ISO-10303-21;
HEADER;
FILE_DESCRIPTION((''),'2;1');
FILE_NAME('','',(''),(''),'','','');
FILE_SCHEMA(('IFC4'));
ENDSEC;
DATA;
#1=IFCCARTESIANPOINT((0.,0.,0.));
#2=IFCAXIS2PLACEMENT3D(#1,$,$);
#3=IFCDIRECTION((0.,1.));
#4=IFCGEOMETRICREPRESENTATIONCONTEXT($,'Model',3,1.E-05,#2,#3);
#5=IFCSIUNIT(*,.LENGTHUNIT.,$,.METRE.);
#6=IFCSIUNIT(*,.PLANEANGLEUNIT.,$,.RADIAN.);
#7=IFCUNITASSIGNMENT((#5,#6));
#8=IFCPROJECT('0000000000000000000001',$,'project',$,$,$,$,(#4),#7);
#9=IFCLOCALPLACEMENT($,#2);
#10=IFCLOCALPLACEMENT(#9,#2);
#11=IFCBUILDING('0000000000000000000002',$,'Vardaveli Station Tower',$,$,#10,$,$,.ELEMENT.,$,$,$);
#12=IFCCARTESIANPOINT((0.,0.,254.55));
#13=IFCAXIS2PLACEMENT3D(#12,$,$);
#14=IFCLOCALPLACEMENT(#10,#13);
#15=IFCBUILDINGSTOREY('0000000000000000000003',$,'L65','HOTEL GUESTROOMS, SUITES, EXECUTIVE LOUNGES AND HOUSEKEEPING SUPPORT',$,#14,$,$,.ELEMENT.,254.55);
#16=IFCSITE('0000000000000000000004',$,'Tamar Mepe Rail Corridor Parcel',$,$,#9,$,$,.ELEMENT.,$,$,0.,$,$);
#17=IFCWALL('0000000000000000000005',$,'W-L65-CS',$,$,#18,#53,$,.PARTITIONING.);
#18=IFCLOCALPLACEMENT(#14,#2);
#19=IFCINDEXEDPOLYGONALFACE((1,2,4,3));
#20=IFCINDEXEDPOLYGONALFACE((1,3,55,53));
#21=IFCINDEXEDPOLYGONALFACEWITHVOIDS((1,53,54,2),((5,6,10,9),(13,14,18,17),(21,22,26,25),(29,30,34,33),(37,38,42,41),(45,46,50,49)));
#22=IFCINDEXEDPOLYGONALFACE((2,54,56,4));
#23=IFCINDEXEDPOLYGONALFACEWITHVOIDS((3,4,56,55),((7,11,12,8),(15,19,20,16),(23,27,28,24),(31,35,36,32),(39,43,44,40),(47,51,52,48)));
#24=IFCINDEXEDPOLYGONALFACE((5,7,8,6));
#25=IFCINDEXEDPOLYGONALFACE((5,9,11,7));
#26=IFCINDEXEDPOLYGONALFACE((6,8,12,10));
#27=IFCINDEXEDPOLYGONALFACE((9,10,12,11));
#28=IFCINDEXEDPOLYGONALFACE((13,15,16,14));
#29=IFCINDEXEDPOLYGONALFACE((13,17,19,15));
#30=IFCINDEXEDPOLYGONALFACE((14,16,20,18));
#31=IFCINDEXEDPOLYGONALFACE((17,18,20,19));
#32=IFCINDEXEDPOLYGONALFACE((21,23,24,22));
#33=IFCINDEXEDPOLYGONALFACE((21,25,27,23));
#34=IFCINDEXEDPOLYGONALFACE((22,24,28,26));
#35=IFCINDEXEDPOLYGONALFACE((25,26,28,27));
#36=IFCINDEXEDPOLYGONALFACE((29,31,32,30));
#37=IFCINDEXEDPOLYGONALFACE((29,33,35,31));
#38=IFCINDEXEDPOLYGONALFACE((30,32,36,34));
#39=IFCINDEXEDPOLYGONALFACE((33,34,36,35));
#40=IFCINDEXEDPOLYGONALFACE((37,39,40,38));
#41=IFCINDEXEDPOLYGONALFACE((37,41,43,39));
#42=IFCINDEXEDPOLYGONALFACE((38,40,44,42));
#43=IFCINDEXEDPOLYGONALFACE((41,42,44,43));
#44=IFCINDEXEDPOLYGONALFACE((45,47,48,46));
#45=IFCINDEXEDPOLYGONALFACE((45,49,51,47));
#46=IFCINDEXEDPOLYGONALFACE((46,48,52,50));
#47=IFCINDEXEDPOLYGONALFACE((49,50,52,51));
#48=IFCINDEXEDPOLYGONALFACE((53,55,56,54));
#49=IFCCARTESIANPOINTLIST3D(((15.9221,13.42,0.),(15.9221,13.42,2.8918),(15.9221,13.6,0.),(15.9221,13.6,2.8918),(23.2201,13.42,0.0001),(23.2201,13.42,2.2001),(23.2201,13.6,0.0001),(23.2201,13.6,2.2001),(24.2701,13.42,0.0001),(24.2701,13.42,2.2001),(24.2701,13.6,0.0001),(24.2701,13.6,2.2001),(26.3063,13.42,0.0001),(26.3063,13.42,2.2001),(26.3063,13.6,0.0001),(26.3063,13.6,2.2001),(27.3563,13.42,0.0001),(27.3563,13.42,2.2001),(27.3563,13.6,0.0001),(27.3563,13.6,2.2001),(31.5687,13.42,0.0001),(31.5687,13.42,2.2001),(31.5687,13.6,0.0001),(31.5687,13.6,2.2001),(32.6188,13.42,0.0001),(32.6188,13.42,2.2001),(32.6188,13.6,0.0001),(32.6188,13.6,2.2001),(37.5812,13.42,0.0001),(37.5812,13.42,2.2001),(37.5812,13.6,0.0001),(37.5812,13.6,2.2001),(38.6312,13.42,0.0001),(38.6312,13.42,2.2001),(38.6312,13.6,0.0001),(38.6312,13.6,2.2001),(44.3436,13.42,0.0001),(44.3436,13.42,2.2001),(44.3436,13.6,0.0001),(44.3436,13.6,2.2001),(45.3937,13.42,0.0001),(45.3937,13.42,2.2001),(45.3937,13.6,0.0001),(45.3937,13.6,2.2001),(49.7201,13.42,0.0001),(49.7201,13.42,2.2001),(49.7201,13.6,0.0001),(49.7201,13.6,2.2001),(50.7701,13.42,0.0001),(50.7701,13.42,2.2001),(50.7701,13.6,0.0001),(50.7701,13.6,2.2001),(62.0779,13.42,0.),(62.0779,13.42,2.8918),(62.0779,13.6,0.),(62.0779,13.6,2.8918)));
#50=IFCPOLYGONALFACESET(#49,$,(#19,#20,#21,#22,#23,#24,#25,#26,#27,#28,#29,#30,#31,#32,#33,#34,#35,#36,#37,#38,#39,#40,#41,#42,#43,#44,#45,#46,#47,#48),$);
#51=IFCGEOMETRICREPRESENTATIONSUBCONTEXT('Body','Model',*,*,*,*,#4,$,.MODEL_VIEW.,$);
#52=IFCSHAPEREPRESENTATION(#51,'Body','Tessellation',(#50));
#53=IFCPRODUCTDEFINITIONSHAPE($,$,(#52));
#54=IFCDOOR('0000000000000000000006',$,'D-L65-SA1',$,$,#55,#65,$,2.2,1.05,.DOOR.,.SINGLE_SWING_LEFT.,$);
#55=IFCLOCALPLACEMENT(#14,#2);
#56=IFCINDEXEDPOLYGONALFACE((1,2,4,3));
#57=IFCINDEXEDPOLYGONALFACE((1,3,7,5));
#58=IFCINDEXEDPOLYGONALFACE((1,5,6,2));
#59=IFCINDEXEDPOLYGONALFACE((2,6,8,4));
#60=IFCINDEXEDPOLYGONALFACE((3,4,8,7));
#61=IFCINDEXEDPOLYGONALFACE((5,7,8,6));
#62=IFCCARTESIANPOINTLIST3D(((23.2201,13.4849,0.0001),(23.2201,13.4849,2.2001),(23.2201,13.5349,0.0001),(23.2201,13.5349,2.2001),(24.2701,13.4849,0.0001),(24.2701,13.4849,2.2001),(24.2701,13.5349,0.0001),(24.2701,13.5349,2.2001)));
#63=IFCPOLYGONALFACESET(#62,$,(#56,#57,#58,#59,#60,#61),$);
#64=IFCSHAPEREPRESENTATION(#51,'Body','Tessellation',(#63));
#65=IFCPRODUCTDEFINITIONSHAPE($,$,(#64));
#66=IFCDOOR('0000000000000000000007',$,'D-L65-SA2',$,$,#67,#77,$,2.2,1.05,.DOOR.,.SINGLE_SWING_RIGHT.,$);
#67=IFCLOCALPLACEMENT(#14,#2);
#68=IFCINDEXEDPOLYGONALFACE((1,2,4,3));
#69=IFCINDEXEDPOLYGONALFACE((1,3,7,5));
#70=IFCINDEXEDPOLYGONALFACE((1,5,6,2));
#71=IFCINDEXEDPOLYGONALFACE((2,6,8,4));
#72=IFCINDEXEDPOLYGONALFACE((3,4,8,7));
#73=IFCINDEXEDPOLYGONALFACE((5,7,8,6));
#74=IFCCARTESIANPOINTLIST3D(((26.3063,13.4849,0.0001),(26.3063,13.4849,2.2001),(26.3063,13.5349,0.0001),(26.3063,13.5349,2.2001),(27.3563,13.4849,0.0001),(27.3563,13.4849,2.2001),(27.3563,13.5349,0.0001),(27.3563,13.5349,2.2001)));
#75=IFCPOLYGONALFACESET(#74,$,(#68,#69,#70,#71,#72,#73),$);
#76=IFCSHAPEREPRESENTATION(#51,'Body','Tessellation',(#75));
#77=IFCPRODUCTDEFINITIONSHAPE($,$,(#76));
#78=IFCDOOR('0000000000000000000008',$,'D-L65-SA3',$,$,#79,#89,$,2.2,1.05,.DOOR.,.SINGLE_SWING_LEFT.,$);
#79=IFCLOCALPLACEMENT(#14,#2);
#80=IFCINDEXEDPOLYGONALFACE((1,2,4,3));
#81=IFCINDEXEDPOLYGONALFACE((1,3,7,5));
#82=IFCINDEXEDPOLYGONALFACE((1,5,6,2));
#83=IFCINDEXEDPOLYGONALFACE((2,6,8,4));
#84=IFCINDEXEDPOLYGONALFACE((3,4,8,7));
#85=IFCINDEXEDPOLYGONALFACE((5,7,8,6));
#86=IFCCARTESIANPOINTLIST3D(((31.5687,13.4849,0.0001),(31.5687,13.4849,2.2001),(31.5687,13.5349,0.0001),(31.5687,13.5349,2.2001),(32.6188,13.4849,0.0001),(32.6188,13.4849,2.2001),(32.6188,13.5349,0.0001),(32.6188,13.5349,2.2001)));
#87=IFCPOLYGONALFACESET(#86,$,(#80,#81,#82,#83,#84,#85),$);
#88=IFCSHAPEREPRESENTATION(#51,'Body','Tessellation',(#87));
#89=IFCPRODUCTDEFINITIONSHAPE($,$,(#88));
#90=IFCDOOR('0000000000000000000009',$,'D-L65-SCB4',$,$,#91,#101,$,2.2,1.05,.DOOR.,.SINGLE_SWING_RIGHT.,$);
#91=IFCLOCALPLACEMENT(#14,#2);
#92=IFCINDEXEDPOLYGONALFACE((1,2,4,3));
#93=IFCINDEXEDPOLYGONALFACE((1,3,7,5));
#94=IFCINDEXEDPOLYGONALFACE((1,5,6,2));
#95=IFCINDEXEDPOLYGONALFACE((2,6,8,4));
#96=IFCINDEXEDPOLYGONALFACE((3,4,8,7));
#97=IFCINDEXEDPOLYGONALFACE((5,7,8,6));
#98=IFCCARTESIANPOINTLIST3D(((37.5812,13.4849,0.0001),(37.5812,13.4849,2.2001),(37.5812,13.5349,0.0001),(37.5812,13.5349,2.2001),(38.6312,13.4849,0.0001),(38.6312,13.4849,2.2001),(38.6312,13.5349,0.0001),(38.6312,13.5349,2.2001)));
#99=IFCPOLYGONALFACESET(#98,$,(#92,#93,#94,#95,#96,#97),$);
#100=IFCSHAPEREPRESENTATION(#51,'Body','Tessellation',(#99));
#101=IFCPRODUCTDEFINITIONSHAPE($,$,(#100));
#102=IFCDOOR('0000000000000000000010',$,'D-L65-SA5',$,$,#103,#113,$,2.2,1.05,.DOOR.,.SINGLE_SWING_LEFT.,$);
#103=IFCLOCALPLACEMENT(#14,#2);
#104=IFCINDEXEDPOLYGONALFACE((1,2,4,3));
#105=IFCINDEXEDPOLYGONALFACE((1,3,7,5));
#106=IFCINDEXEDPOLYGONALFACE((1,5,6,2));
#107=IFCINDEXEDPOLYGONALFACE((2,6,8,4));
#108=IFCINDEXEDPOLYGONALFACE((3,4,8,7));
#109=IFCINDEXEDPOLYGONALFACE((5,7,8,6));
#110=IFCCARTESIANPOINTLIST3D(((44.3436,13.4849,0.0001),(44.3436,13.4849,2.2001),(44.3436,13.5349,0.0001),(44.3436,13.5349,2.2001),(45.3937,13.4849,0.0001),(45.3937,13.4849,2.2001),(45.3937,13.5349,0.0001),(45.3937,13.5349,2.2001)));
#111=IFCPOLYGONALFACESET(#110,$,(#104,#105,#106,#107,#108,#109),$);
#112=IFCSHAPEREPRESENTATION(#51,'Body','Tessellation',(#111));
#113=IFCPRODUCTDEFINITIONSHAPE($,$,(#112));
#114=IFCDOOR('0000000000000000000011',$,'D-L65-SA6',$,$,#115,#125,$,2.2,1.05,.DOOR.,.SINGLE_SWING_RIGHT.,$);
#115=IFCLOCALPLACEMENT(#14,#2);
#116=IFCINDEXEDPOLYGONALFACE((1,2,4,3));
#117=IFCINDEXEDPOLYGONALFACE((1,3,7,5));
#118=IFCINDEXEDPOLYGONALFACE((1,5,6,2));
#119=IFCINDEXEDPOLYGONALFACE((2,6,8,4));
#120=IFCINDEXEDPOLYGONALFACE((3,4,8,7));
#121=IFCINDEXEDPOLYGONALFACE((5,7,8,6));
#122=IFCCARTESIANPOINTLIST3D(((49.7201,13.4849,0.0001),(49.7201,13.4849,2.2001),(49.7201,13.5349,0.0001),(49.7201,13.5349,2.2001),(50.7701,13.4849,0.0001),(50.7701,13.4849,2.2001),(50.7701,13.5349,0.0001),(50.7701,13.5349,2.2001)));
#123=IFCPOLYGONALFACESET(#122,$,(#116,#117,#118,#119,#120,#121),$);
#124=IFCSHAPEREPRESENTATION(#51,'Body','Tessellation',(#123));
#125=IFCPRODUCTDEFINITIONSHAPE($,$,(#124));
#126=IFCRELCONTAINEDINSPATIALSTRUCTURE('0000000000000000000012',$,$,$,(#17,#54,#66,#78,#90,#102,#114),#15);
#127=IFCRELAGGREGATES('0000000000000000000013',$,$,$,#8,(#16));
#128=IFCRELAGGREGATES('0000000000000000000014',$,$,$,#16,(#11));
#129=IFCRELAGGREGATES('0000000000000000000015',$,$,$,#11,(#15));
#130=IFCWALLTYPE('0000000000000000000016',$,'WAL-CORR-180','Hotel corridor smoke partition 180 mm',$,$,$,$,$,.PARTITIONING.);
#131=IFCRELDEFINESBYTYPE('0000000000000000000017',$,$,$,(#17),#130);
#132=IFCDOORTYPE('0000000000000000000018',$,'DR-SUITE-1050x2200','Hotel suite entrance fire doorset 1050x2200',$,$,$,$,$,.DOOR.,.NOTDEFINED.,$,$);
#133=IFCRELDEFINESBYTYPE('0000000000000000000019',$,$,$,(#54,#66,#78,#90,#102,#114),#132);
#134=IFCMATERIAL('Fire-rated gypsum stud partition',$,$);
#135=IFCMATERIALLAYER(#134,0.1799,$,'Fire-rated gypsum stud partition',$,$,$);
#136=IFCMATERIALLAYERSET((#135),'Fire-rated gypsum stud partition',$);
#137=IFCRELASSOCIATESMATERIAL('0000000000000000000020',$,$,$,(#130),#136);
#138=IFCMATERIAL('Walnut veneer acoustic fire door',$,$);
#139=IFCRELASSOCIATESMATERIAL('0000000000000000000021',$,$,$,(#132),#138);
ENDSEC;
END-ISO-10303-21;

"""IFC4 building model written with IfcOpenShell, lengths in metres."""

from ifc_helpers import new_model, si_unit, direction, frame, frame_2d, origin, place, context, subcontext, project, spatial, rectangle, extrude, source, transform, mapped, material, layer, layer_set, type_object, element, fill, save


model = new_model("IFC4")

# Units and contexts
model_context = context("Model", 3, precision=1e-05, world=origin(), true_north=direction((0.0, 1.0)))
body_context = subcontext(model_context, "Body", "Model", "MODEL_VIEW")
ifc_project = project(units=[si_unit("LENGTHUNIT", "METRE"), si_unit("PLANEANGLEUNIT", "RADIAN")], contexts=[model_context])

# Site, building, storey
site_placement = place(None, origin())
site = spatial("IfcSite", under=ifc_project, at=site_placement, Name="Tamar Mepe Rail Corridor Parcel", CompositionType="ELEMENT", RefElevation=0.0)
building_placement = place(site_placement, origin())
building = spatial("IfcBuilding", under=site, at=building_placement, Name="Vardaveli Station Tower", CompositionType="ELEMENT")
storey_placement = place(building_placement, frame((0.0, 0.0, 254.55)))
storey = spatial("IfcBuildingStorey", under=building, at=storey_placement, Name="L65", Description="HOTEL GUESTROOMS, SUITES, EXECUTIVE LOUNGES AND HOUSEKEEPING SUPPORT", CompositionType="ELEMENT", Elevation=254.55)

# Wall, openings, doors
ifc_material_1 = material(Name="Fire-rated gypsum stud partition")
ifc_layer_1 = layer(ifc_material_1, 0.1799, Name="Fire-rated gypsum stud partition")
ifc_layer_set_1 = layer_set([ifc_layer_1], Name="Fire-rated gypsum stud partition")
wall_type_1 = type_object("IfcWallType", Name="WAL-CORR-180", Description="Hotel corridor smoke partition 180 mm", PredefinedType="PARTITIONING", material=ifc_layer_set_1)
shared_shape_1 = source(origin(), body_context, "Body", "SweptSolid", [
    extrude(rectangle(XDim=46.1558, YDim=0.1799, at=frame_2d((23.0779, 0.0))), origin(), (0.0, 0.0, 1.0), 2.8918),
])
wall_1_placement = place(storey_placement, frame((15.9221, 13.51, 0.0), z_axis=(0.0, 0.0, 1.0), x_axis=(1.0, 0.0, 0.0)))
wall_1 = element("IfcWall", 1, at=wall_1_placement, inside=storey, type_object=wall_type_1, Name="W-L65-CS", PredefinedType="PARTITIONING", context=body_context, shape_type="MappedRepresentation", body=[
    mapped(shared_shape_1, transform((0.0, 0.0, 0.0), scale=1.0)),
])
shared_shape_2 = source(origin(), body_context, "Body", "SweptSolid", [
    extrude(rectangle(XDim=1.05, YDim=2.2, at=frame_2d((0.5249, 1.1001))), frame((0.0, 0.1001, 0.0), z_axis=(0.0, -1.0, 0.0), x_axis=(1.0, 0.0, 0.0)), (0.0, 0.0, 1.0), 0.2),
])
opening_1_placement = place(wall_1_placement, frame((7.2981, 0.0, 0.0)))
opening_1 = element("IfcOpeningElement", 2, at=opening_1_placement, cuts=wall_1, PredefinedType="OPENING", context=body_context, shape_type="MappedRepresentation", body=[
    mapped(shared_shape_2, transform((0.0, 0.0, 0.0), scale=1.0)),
])
opening_2_placement = place(wall_1_placement, frame((10.3843, 0.0, 0.0)))
opening_2 = element("IfcOpeningElement", 3, at=opening_2_placement, cuts=wall_1, PredefinedType="OPENING", context=body_context, shape_type="MappedRepresentation", body=[
    mapped(shared_shape_2, transform((0.0, 0.0, 0.0), scale=1.0)),
])
opening_3_placement = place(wall_1_placement, frame((15.6467, 0.0, 0.0)))
opening_3 = element("IfcOpeningElement", 4, at=opening_3_placement, cuts=wall_1, PredefinedType="OPENING", context=body_context, shape_type="MappedRepresentation", body=[
    mapped(shared_shape_2, transform((0.0, 0.0, 0.0), scale=1.0)),
])
opening_4_placement = place(wall_1_placement, frame((21.6592, 0.0, 0.0)))
opening_4 = element("IfcOpeningElement", 5, at=opening_4_placement, cuts=wall_1, PredefinedType="OPENING", context=body_context, shape_type="MappedRepresentation", body=[
    mapped(shared_shape_2, transform((0.0, 0.0, 0.0), scale=1.0)),
])
opening_5_placement = place(wall_1_placement, frame((28.4216, 0.0, 0.0)))
opening_5 = element("IfcOpeningElement", 6, at=opening_5_placement, cuts=wall_1, PredefinedType="OPENING", context=body_context, shape_type="MappedRepresentation", body=[
    mapped(shared_shape_2, transform((0.0, 0.0, 0.0), scale=1.0)),
])
opening_6_placement = place(wall_1_placement, frame((33.7981, 0.0, 0.0)))
opening_6 = element("IfcOpeningElement", 7, at=opening_6_placement, cuts=wall_1, PredefinedType="OPENING", context=body_context, shape_type="MappedRepresentation", body=[
    mapped(shared_shape_2, transform((0.0, 0.0, 0.0), scale=1.0)),
])
ifc_material_2 = material(Name="Walnut veneer acoustic fire door")
door_type = type_object("IfcDoorType", Name="DR-SUITE-1050x2200", Description="Hotel suite entrance fire doorset 1050x2200", OperationType="NOTDEFINED", PredefinedType="DOOR", material=ifc_material_2)
shared_shape_3 = source(origin(), body_context, "Body", "SweptSolid", [
    extrude(rectangle(XDim=1.05, YDim=2.2, at=frame_2d((0.5249, 1.1001))), frame((0.0, 0.0249, 0.0), z_axis=(0.0, -1.0, 0.0), x_axis=(1.0, 0.0, 0.0)), (0.0, 0.0, 1.0), 0.05),
])
door_1_placement = place(opening_1_placement, origin())
door_1 = element("IfcDoor", 8, at=door_1_placement, inside=storey, type_object=door_type, Name="D-L65-SA1", OperationType="SINGLE_SWING_LEFT", OverallHeight=2.2, OverallWidth=1.05, PredefinedType="DOOR", context=body_context, shape_type="MappedRepresentation", body=[
    mapped(shared_shape_3, transform((0.0, 0.0, 0.0), scale=1.0)),
])
fill(opening_1, door_1)
door_2_placement = place(opening_2_placement, origin())
door_2 = element("IfcDoor", 9, at=door_2_placement, inside=storey, type_object=door_type, Name="D-L65-SA2", OperationType="SINGLE_SWING_RIGHT", OverallHeight=2.2, OverallWidth=1.05, PredefinedType="DOOR", context=body_context, shape_type="MappedRepresentation", body=[
    mapped(shared_shape_3, transform((0.0, 0.0, 0.0), scale=1.0)),
])
fill(opening_2, door_2)
door_3_placement = place(opening_3_placement, origin())
door_3 = element("IfcDoor", 10, at=door_3_placement, inside=storey, type_object=door_type, Name="D-L65-SA3", OperationType="SINGLE_SWING_LEFT", OverallHeight=2.2, OverallWidth=1.05, PredefinedType="DOOR", context=body_context, shape_type="MappedRepresentation", body=[
    mapped(shared_shape_3, transform((0.0, 0.0, 0.0), scale=1.0)),
])
fill(opening_3, door_3)
door_4_placement = place(opening_4_placement, origin())
door_4 = element("IfcDoor", 11, at=door_4_placement, inside=storey, type_object=door_type, Name="D-L65-SCB4", OperationType="SINGLE_SWING_RIGHT", OverallHeight=2.2, OverallWidth=1.05, PredefinedType="DOOR", context=body_context, shape_type="MappedRepresentation", body=[
    mapped(shared_shape_3, transform((0.0, 0.0, 0.0), scale=1.0)),
])
fill(opening_4, door_4)
door_5_placement = place(opening_5_placement, origin())
door_5 = element("IfcDoor", 12, at=door_5_placement, inside=storey, type_object=door_type, Name="D-L65-SA5", OperationType="SINGLE_SWING_LEFT", OverallHeight=2.2, OverallWidth=1.05, PredefinedType="DOOR", context=body_context, shape_type="MappedRepresentation", body=[
    mapped(shared_shape_3, transform((0.0, 0.0, 0.0), scale=1.0)),
])
fill(opening_5, door_5)
door_6_placement = place(opening_6_placement, origin())
door_6 = element("IfcDoor", 13, at=door_6_placement, inside=storey, type_object=door_type, Name="D-L65-SA6", OperationType="SINGLE_SWING_RIGHT", OverallHeight=2.2, OverallWidth=1.05, PredefinedType="DOOR", context=body_context, shape_type="MappedRepresentation", body=[
    mapped(shared_shape_3, transform((0.0, 0.0, 0.0), scale=1.0)),
])
fill(opening_6, door_6)

save(model, "model.ifc")
